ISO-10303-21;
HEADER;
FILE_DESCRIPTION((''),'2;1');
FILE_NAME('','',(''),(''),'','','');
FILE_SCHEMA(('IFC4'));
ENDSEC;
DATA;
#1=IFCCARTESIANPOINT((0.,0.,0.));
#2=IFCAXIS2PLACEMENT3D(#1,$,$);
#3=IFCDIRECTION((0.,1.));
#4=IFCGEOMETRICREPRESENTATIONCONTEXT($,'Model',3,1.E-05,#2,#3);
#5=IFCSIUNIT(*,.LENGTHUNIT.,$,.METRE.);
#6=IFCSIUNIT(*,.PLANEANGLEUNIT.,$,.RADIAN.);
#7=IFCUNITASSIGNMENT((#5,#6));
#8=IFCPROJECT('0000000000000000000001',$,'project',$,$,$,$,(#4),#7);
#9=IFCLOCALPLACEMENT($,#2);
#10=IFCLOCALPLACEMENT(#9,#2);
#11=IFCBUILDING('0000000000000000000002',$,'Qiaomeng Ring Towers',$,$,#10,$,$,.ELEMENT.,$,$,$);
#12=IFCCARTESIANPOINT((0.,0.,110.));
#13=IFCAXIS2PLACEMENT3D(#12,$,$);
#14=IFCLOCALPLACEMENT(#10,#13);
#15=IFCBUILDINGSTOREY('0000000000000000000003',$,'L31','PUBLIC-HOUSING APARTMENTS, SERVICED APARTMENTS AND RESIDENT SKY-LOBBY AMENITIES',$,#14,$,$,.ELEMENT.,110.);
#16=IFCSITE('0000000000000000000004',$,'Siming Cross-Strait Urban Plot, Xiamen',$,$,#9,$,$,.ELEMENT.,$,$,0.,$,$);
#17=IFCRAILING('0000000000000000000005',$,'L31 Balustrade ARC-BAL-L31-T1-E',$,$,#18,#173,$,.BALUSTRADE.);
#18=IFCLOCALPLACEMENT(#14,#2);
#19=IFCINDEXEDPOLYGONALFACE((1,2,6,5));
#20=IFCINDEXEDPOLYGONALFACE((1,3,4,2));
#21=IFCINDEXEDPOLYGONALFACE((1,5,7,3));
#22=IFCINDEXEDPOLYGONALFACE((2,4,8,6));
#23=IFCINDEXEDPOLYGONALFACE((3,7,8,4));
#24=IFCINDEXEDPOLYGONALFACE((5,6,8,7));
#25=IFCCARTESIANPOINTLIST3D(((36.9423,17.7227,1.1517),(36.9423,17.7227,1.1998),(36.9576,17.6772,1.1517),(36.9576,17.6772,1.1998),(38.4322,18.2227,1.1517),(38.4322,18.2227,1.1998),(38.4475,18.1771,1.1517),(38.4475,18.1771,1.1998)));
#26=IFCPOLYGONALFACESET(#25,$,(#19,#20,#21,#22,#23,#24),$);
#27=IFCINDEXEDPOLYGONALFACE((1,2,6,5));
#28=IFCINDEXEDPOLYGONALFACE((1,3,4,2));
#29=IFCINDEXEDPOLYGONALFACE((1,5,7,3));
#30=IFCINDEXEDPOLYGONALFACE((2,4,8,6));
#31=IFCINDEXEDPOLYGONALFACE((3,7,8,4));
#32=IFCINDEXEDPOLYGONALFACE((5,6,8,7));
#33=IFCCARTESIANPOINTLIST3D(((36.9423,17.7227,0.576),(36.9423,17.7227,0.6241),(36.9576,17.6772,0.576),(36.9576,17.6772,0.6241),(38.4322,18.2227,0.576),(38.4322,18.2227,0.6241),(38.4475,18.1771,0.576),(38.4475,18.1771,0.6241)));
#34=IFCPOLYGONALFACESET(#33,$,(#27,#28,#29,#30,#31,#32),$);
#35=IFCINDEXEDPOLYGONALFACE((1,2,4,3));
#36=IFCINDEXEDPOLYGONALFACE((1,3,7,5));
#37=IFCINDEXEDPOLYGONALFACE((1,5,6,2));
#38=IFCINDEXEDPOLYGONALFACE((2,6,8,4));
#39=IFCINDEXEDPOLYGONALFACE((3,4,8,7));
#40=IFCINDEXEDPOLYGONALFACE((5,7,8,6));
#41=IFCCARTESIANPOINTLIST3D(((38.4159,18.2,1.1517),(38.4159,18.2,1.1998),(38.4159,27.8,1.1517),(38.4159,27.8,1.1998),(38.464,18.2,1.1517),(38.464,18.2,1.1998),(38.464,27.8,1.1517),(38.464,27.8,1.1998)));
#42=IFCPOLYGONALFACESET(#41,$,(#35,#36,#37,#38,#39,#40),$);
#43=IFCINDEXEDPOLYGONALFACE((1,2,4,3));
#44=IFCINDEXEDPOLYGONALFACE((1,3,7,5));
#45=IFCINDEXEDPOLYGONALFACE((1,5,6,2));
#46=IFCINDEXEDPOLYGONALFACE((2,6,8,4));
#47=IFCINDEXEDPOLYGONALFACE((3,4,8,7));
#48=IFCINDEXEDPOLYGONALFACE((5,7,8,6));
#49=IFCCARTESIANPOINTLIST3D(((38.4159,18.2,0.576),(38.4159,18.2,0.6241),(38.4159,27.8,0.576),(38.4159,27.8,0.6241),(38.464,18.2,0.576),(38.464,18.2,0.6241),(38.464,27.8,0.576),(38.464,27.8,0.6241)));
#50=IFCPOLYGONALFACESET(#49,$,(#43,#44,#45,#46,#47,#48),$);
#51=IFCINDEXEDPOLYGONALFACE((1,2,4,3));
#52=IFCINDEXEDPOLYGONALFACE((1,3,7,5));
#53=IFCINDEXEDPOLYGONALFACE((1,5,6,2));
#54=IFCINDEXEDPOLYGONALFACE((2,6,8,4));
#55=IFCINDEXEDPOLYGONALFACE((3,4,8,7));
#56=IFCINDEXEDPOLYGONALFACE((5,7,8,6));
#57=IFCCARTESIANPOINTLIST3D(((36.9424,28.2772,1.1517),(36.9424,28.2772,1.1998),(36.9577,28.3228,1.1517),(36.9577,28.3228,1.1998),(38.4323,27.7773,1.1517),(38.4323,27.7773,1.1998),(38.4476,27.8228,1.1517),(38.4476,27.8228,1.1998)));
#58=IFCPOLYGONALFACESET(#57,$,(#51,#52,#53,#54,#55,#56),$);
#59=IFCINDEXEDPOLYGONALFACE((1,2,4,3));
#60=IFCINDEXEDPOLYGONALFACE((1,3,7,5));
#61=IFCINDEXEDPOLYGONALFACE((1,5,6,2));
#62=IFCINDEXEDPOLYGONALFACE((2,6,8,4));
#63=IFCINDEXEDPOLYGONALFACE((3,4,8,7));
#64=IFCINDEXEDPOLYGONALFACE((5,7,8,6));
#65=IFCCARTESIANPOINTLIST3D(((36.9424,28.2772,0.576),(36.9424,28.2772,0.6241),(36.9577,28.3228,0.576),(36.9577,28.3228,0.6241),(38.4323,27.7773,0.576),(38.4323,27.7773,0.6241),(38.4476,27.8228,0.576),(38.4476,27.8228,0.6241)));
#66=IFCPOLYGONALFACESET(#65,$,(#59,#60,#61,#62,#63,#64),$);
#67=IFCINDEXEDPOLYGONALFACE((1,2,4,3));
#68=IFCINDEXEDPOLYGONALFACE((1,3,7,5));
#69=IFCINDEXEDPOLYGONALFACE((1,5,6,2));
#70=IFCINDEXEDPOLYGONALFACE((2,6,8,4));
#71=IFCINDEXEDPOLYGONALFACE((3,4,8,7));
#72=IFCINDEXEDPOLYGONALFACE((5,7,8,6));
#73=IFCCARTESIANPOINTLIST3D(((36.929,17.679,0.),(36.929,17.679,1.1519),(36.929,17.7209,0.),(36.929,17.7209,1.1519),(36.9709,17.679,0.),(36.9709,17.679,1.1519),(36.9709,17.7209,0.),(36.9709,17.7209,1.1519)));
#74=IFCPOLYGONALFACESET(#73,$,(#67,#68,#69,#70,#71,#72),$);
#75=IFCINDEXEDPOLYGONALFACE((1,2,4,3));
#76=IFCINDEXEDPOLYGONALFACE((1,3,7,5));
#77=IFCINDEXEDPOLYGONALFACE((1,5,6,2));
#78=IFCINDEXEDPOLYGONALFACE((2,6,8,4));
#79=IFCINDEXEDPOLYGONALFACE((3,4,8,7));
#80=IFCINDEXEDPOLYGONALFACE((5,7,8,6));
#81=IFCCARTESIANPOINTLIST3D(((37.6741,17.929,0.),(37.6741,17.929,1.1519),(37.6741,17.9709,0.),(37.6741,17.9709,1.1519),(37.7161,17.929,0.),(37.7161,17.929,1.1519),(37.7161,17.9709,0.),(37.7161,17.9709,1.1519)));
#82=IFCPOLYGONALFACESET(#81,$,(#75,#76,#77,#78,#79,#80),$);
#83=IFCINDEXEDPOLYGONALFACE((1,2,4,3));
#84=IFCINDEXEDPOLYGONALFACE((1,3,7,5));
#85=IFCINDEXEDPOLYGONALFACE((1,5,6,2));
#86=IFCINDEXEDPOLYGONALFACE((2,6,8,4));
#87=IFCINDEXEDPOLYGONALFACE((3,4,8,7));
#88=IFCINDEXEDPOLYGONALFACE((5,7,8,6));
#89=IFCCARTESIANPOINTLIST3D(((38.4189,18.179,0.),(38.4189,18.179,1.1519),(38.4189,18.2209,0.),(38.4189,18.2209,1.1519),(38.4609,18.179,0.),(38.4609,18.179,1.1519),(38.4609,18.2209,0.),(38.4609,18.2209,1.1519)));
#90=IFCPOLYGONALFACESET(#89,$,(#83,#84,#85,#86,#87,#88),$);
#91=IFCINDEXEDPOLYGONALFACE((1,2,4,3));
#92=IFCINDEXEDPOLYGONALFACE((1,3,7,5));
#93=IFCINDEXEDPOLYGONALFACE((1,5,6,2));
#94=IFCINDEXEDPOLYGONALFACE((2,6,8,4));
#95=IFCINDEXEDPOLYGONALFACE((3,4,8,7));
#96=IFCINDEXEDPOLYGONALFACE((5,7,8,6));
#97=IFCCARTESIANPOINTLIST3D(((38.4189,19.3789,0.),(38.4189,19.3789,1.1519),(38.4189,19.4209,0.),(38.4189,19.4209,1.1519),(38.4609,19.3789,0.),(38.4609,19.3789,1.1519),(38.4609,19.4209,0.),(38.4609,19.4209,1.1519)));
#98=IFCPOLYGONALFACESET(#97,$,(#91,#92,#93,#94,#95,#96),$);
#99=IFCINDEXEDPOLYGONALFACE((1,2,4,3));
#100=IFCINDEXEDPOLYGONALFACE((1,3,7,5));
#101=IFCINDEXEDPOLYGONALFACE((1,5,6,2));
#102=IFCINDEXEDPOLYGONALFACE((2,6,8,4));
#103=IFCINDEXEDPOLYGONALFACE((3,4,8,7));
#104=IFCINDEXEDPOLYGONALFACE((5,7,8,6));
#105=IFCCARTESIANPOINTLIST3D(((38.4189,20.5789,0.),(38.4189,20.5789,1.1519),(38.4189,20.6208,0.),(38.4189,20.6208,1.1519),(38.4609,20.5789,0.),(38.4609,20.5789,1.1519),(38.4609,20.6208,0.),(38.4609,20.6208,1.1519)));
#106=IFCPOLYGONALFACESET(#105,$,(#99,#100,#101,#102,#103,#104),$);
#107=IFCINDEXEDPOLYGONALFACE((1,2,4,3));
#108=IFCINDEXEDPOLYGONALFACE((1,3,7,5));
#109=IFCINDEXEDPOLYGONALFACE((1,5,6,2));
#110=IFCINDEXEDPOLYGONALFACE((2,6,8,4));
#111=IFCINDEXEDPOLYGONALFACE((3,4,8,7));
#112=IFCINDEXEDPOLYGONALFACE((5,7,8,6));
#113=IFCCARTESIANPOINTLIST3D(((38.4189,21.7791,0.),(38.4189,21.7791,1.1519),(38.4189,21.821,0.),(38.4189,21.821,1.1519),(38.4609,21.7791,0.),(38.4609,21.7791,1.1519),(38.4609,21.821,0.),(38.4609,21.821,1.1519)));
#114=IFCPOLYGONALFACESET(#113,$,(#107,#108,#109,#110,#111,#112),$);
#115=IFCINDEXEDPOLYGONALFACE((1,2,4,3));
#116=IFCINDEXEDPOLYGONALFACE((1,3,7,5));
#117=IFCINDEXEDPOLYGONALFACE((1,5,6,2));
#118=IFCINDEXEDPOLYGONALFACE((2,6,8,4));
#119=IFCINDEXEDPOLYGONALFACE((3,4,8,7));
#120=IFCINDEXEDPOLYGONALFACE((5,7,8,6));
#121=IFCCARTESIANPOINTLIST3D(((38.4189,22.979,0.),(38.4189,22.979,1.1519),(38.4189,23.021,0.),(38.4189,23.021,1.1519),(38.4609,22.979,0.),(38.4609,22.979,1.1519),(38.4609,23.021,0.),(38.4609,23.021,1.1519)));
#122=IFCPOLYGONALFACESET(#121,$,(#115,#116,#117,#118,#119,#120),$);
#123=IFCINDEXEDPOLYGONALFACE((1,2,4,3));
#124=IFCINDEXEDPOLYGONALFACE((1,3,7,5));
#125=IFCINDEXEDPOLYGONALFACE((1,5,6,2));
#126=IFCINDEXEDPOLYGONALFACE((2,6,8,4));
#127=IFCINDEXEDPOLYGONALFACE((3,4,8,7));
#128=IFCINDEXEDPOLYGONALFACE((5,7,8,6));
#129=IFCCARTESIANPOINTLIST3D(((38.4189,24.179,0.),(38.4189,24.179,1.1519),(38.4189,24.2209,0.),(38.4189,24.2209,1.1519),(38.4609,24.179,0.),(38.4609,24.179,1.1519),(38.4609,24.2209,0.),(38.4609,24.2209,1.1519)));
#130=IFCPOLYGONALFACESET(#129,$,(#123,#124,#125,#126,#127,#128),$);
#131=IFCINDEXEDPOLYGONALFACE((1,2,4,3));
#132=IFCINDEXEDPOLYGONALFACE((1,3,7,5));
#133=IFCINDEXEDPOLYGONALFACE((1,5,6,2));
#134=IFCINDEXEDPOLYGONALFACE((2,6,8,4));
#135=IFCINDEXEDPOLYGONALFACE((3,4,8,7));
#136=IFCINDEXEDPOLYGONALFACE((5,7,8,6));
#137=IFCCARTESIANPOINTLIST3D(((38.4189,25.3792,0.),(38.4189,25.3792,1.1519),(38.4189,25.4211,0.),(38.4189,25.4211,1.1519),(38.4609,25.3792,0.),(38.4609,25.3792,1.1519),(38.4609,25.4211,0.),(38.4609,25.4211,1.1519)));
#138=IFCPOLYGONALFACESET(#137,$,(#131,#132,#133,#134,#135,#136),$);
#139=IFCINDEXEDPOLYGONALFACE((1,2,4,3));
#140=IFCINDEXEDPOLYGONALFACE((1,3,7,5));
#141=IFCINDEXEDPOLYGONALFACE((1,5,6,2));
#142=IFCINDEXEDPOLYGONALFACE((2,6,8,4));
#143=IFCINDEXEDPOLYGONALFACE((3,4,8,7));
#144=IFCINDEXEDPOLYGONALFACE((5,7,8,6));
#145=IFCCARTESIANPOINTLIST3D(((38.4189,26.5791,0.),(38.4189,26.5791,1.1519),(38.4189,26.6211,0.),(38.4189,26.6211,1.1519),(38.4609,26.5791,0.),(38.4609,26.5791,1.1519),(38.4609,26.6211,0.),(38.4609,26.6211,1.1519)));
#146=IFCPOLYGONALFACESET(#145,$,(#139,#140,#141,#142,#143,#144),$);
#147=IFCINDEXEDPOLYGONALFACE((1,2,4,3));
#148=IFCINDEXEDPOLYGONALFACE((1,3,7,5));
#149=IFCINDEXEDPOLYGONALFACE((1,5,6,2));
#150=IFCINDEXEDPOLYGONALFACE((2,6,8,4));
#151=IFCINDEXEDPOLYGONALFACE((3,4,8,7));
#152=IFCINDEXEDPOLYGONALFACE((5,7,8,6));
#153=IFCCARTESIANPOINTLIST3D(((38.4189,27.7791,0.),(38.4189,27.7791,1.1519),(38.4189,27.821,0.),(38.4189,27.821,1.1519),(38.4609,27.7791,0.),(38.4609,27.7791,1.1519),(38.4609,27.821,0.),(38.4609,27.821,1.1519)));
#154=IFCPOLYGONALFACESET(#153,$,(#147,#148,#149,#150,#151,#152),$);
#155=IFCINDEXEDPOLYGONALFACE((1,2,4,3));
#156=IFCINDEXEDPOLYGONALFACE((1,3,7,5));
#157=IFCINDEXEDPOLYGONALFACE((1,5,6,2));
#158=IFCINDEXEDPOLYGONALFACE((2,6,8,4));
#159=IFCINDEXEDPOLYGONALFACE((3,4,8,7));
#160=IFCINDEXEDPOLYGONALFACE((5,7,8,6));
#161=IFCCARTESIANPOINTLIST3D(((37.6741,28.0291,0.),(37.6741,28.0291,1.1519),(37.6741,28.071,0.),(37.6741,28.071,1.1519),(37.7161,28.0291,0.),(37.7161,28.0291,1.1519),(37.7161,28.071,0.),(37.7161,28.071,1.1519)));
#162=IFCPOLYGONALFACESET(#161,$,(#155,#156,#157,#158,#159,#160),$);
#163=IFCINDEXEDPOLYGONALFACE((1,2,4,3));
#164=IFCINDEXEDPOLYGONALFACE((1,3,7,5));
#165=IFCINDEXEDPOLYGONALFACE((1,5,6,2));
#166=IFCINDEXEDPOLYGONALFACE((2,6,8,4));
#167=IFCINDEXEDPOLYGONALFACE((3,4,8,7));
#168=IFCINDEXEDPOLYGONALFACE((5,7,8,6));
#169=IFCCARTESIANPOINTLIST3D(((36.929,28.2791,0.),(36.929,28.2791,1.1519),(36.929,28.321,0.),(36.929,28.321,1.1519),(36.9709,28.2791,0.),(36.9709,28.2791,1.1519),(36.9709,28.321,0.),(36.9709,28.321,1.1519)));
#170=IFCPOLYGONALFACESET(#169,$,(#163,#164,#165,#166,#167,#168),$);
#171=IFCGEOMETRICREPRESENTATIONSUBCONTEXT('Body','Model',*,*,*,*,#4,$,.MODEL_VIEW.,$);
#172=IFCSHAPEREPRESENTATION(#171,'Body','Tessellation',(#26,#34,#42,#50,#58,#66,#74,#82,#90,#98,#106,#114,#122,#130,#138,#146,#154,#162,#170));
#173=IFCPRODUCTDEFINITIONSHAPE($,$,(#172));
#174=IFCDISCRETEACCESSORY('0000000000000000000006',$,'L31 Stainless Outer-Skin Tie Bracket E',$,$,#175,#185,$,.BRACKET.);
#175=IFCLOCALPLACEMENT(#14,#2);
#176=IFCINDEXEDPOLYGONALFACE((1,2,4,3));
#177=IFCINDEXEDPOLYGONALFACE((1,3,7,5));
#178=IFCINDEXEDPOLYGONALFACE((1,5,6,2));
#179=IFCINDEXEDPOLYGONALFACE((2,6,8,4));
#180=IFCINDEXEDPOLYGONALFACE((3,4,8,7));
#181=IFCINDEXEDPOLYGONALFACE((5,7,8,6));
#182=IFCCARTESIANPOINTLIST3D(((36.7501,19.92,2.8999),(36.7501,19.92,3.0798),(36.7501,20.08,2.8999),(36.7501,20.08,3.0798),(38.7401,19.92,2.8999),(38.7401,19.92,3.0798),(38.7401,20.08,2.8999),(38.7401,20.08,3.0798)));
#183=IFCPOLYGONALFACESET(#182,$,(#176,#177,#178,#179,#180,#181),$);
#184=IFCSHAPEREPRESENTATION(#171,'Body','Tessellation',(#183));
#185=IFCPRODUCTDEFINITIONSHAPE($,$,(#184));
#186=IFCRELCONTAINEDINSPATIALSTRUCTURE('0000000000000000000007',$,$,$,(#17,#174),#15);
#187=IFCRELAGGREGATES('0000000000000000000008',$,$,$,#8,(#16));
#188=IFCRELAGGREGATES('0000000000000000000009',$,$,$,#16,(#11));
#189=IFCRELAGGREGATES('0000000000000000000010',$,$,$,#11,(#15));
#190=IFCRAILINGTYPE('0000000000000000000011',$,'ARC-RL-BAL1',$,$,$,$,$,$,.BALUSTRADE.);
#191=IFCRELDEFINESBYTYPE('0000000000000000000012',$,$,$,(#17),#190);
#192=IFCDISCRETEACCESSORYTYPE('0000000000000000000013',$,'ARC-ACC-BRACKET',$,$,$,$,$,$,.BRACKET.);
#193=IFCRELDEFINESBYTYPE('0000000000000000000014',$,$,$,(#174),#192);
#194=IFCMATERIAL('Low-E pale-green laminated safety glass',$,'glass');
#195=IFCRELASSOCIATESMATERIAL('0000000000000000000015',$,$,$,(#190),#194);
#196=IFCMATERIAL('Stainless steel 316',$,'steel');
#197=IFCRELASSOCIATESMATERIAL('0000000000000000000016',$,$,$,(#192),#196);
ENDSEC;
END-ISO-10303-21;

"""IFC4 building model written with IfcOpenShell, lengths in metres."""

from ifc_helpers import new_model, si_unit, direction, frame, origin, origin_2d, place, context, subcontext, project, spatial, rectangle, extrude, source, transform, mapped, material, type_object, element, save


model = new_model("IFC4")

# Units and contexts
model_context = context("Model", 3, precision=1e-05, world=origin(), true_north=direction((0.0, 1.0)))
body_context = subcontext(model_context, "Body", "Model", "MODEL_VIEW")
ifc_project = project(units=[si_unit("LENGTHUNIT", "METRE"), si_unit("PLANEANGLEUNIT", "RADIAN")], contexts=[model_context])

# Site, building, storey
site_placement = place(None, origin())
site = spatial("IfcSite", under=ifc_project, at=site_placement, Name="Siming Cross-Strait Urban Plot, Xiamen", CompositionType="ELEMENT", RefElevation=0.0)
building_placement = place(site_placement, origin())
building = spatial("IfcBuilding", under=site, at=building_placement, Name="Qiaomeng Ring Towers", CompositionType="ELEMENT")
storey_placement = place(building_placement, frame((0.0, 0.0, 110.0)))
storey = spatial("IfcBuildingStorey", under=building, at=storey_placement, Name="L31", Description="PUBLIC-HOUSING APARTMENTS, SERVICED APARTMENTS AND RESIDENT SKY-LOBBY AMENITIES", CompositionType="ELEMENT", Elevation=110.0)

# Railing
ifc_material_1 = material(Name="Low-E pale-green laminated safety glass", Category="glass")
railing_type = type_object("IfcRailingType", Name="ARC-RL-BAL1", PredefinedType="BALUSTRADE", material=ifc_material_1)
railing_placement = place(storey_placement, frame((36.95, 17.7, 0.0)))
element("IfcRailing", 1, at=railing_placement, inside=storey, type_object=railing_type, Name="L31 Balustrade ARC-BAL-L31-T1-E", PredefinedType="BALUSTRADE", context=body_context, shape_type="SweptSolid", body=[
    extrude(rectangle(XDim=0.0481, YDim=0.0481, at=origin_2d()), frame((0.0, 0.0, 1.1758), z_axis=(0.948044, 0.318138, 0.0), x_axis=(-0.318138, 0.948044, 0.0)), (0.0, 0.0, 1.0), 1.5715),
    extrude(rectangle(XDim=0.0481, YDim=0.0481, at=origin_2d()), frame((0.0, 0.0, 0.6001), z_axis=(0.948044, 0.318138, 0.0), x_axis=(-0.318138, 0.948044, 0.0)), (0.0, 0.0, 1.0), 1.5715),
    extrude(rectangle(XDim=0.0481, YDim=0.0481, at=origin_2d()), frame((1.49, 0.5, 1.1758), z_axis=(0.0, 1.0, 0.0), x_axis=(-1.0, 0.0, 0.0)), (0.0, 0.0, 1.0), 9.6001),
    extrude(rectangle(XDim=0.0481, YDim=0.0481, at=origin_2d()), frame((1.49, 0.5, 0.6001), z_axis=(0.0, 1.0, 0.0), x_axis=(-1.0, 0.0, 0.0)), (0.0, 0.0, 1.0), 9.6001),
    extrude(rectangle(XDim=0.0481, YDim=0.0481, at=origin_2d()), frame((1.49, 10.1001, 1.1758), z_axis=(-0.948044, 0.318138, 0.0), x_axis=(-0.318138, -0.948044, 0.0)), (0.0, 0.0, 1.0), 1.5715),
    extrude(rectangle(XDim=0.0481, YDim=0.0481, at=origin_2d()), frame((1.49, 10.1001, 0.6001), z_axis=(-0.948044, 0.318138, 0.0), x_axis=(-0.318138, -0.948044, 0.0)), (0.0, 0.0, 1.0), 1.5715),
    extrude(rectangle(XDim=0.042, YDim=0.042, at=origin_2d()), origin(), (0.0, 0.0, 1.0), 1.1519),
    extrude(rectangle(XDim=0.042, YDim=0.042, at=origin_2d()), frame((0.7451, 0.25, 0.0)), (0.0, 0.0, 1.0), 1.1519),
    extrude(rectangle(XDim=0.042, YDim=0.042, at=origin_2d()), frame((1.49, 0.5, 0.0)), (0.0, 0.0, 1.0), 1.1519),
    extrude(rectangle(XDim=0.042, YDim=0.042, at=origin_2d()), frame((1.49, 1.7, 0.0)), (0.0, 0.0, 1.0), 1.1519),
    extrude(rectangle(XDim=0.042, YDim=0.042, at=origin_2d()), frame((1.49, 2.8999, 0.0)), (0.0, 0.0, 1.0), 1.1519),
    extrude(rectangle(XDim=0.042, YDim=0.042, at=origin_2d()), frame((1.49, 4.1001, 0.0)), (0.0, 0.0, 1.0), 1.1519),
    extrude(rectangle(XDim=0.042, YDim=0.042, at=origin_2d()), frame((1.49, 5.3, 0.0)), (0.0, 0.0, 1.0), 1.1519),
    extrude(rectangle(XDim=0.042, YDim=0.042, at=origin_2d()), frame((1.49, 6.5, 0.0)), (0.0, 0.0, 1.0), 1.1519),
    extrude(rectangle(XDim=0.042, YDim=0.042, at=origin_2d()), frame((1.49, 7.7002, 0.0)), (0.0, 0.0, 1.0), 1.1519),
    extrude(rectangle(XDim=0.042, YDim=0.042, at=origin_2d()), frame((1.49, 8.9001, 0.0)), (0.0, 0.0, 1.0), 1.1519),
    extrude(rectangle(XDim=0.042, YDim=0.042, at=origin_2d()), frame((1.49, 10.1001, 0.0)), (0.0, 0.0, 1.0), 1.1519),
    extrude(rectangle(XDim=0.042, YDim=0.042, at=origin_2d()), frame((0.7451, 10.3501, 0.0)), (0.0, 0.0, 1.0), 1.1519),
    extrude(rectangle(XDim=0.042, YDim=0.042, at=origin_2d()), frame((0.0, 10.6001, 0.0)), (0.0, 0.0, 1.0), 1.1519),
])

# Discrete accessory
ifc_material_2 = material(Name="Stainless steel 316", Category="steel")
discrete_accessory_type = type_object("IfcDiscreteAccessoryType", Name="ARC-ACC-BRACKET", PredefinedType="BRACKET", material=ifc_material_2)
shared_shape_1 = source(origin(), body_context, "Body", "SweptSolid", [
    extrude(rectangle(XDim=1.99, YDim=0.1599, at=origin_2d()), origin(), (0.0, 0.0, 1.0), 0.1799),
])
discrete_accessory_placement = place(storey_placement, frame((37.7451, 20.0, 2.8999), z_axis=(0.0, 0.0, 1.0), x_axis=(1.0, 0.0, 0.0)))
element("IfcDiscreteAccessory", 2, at=discrete_accessory_placement, inside=storey, type_object=discrete_accessory_type, Name="L31 Stainless Outer-Skin Tie Bracket E", PredefinedType="BRACKET", context=body_context, shape_type="MappedRepresentation", body=[
    mapped(shared_shape_1, transform((0.0, 0.0, 0.0), x_axis=(1.0, 0.0, 0.0), y_axis=(0.0, 1.0, 0.0), z_axis=(0.0, 0.0, 1.0), scale=1.0)),
])

save(model, "model.ifc")
